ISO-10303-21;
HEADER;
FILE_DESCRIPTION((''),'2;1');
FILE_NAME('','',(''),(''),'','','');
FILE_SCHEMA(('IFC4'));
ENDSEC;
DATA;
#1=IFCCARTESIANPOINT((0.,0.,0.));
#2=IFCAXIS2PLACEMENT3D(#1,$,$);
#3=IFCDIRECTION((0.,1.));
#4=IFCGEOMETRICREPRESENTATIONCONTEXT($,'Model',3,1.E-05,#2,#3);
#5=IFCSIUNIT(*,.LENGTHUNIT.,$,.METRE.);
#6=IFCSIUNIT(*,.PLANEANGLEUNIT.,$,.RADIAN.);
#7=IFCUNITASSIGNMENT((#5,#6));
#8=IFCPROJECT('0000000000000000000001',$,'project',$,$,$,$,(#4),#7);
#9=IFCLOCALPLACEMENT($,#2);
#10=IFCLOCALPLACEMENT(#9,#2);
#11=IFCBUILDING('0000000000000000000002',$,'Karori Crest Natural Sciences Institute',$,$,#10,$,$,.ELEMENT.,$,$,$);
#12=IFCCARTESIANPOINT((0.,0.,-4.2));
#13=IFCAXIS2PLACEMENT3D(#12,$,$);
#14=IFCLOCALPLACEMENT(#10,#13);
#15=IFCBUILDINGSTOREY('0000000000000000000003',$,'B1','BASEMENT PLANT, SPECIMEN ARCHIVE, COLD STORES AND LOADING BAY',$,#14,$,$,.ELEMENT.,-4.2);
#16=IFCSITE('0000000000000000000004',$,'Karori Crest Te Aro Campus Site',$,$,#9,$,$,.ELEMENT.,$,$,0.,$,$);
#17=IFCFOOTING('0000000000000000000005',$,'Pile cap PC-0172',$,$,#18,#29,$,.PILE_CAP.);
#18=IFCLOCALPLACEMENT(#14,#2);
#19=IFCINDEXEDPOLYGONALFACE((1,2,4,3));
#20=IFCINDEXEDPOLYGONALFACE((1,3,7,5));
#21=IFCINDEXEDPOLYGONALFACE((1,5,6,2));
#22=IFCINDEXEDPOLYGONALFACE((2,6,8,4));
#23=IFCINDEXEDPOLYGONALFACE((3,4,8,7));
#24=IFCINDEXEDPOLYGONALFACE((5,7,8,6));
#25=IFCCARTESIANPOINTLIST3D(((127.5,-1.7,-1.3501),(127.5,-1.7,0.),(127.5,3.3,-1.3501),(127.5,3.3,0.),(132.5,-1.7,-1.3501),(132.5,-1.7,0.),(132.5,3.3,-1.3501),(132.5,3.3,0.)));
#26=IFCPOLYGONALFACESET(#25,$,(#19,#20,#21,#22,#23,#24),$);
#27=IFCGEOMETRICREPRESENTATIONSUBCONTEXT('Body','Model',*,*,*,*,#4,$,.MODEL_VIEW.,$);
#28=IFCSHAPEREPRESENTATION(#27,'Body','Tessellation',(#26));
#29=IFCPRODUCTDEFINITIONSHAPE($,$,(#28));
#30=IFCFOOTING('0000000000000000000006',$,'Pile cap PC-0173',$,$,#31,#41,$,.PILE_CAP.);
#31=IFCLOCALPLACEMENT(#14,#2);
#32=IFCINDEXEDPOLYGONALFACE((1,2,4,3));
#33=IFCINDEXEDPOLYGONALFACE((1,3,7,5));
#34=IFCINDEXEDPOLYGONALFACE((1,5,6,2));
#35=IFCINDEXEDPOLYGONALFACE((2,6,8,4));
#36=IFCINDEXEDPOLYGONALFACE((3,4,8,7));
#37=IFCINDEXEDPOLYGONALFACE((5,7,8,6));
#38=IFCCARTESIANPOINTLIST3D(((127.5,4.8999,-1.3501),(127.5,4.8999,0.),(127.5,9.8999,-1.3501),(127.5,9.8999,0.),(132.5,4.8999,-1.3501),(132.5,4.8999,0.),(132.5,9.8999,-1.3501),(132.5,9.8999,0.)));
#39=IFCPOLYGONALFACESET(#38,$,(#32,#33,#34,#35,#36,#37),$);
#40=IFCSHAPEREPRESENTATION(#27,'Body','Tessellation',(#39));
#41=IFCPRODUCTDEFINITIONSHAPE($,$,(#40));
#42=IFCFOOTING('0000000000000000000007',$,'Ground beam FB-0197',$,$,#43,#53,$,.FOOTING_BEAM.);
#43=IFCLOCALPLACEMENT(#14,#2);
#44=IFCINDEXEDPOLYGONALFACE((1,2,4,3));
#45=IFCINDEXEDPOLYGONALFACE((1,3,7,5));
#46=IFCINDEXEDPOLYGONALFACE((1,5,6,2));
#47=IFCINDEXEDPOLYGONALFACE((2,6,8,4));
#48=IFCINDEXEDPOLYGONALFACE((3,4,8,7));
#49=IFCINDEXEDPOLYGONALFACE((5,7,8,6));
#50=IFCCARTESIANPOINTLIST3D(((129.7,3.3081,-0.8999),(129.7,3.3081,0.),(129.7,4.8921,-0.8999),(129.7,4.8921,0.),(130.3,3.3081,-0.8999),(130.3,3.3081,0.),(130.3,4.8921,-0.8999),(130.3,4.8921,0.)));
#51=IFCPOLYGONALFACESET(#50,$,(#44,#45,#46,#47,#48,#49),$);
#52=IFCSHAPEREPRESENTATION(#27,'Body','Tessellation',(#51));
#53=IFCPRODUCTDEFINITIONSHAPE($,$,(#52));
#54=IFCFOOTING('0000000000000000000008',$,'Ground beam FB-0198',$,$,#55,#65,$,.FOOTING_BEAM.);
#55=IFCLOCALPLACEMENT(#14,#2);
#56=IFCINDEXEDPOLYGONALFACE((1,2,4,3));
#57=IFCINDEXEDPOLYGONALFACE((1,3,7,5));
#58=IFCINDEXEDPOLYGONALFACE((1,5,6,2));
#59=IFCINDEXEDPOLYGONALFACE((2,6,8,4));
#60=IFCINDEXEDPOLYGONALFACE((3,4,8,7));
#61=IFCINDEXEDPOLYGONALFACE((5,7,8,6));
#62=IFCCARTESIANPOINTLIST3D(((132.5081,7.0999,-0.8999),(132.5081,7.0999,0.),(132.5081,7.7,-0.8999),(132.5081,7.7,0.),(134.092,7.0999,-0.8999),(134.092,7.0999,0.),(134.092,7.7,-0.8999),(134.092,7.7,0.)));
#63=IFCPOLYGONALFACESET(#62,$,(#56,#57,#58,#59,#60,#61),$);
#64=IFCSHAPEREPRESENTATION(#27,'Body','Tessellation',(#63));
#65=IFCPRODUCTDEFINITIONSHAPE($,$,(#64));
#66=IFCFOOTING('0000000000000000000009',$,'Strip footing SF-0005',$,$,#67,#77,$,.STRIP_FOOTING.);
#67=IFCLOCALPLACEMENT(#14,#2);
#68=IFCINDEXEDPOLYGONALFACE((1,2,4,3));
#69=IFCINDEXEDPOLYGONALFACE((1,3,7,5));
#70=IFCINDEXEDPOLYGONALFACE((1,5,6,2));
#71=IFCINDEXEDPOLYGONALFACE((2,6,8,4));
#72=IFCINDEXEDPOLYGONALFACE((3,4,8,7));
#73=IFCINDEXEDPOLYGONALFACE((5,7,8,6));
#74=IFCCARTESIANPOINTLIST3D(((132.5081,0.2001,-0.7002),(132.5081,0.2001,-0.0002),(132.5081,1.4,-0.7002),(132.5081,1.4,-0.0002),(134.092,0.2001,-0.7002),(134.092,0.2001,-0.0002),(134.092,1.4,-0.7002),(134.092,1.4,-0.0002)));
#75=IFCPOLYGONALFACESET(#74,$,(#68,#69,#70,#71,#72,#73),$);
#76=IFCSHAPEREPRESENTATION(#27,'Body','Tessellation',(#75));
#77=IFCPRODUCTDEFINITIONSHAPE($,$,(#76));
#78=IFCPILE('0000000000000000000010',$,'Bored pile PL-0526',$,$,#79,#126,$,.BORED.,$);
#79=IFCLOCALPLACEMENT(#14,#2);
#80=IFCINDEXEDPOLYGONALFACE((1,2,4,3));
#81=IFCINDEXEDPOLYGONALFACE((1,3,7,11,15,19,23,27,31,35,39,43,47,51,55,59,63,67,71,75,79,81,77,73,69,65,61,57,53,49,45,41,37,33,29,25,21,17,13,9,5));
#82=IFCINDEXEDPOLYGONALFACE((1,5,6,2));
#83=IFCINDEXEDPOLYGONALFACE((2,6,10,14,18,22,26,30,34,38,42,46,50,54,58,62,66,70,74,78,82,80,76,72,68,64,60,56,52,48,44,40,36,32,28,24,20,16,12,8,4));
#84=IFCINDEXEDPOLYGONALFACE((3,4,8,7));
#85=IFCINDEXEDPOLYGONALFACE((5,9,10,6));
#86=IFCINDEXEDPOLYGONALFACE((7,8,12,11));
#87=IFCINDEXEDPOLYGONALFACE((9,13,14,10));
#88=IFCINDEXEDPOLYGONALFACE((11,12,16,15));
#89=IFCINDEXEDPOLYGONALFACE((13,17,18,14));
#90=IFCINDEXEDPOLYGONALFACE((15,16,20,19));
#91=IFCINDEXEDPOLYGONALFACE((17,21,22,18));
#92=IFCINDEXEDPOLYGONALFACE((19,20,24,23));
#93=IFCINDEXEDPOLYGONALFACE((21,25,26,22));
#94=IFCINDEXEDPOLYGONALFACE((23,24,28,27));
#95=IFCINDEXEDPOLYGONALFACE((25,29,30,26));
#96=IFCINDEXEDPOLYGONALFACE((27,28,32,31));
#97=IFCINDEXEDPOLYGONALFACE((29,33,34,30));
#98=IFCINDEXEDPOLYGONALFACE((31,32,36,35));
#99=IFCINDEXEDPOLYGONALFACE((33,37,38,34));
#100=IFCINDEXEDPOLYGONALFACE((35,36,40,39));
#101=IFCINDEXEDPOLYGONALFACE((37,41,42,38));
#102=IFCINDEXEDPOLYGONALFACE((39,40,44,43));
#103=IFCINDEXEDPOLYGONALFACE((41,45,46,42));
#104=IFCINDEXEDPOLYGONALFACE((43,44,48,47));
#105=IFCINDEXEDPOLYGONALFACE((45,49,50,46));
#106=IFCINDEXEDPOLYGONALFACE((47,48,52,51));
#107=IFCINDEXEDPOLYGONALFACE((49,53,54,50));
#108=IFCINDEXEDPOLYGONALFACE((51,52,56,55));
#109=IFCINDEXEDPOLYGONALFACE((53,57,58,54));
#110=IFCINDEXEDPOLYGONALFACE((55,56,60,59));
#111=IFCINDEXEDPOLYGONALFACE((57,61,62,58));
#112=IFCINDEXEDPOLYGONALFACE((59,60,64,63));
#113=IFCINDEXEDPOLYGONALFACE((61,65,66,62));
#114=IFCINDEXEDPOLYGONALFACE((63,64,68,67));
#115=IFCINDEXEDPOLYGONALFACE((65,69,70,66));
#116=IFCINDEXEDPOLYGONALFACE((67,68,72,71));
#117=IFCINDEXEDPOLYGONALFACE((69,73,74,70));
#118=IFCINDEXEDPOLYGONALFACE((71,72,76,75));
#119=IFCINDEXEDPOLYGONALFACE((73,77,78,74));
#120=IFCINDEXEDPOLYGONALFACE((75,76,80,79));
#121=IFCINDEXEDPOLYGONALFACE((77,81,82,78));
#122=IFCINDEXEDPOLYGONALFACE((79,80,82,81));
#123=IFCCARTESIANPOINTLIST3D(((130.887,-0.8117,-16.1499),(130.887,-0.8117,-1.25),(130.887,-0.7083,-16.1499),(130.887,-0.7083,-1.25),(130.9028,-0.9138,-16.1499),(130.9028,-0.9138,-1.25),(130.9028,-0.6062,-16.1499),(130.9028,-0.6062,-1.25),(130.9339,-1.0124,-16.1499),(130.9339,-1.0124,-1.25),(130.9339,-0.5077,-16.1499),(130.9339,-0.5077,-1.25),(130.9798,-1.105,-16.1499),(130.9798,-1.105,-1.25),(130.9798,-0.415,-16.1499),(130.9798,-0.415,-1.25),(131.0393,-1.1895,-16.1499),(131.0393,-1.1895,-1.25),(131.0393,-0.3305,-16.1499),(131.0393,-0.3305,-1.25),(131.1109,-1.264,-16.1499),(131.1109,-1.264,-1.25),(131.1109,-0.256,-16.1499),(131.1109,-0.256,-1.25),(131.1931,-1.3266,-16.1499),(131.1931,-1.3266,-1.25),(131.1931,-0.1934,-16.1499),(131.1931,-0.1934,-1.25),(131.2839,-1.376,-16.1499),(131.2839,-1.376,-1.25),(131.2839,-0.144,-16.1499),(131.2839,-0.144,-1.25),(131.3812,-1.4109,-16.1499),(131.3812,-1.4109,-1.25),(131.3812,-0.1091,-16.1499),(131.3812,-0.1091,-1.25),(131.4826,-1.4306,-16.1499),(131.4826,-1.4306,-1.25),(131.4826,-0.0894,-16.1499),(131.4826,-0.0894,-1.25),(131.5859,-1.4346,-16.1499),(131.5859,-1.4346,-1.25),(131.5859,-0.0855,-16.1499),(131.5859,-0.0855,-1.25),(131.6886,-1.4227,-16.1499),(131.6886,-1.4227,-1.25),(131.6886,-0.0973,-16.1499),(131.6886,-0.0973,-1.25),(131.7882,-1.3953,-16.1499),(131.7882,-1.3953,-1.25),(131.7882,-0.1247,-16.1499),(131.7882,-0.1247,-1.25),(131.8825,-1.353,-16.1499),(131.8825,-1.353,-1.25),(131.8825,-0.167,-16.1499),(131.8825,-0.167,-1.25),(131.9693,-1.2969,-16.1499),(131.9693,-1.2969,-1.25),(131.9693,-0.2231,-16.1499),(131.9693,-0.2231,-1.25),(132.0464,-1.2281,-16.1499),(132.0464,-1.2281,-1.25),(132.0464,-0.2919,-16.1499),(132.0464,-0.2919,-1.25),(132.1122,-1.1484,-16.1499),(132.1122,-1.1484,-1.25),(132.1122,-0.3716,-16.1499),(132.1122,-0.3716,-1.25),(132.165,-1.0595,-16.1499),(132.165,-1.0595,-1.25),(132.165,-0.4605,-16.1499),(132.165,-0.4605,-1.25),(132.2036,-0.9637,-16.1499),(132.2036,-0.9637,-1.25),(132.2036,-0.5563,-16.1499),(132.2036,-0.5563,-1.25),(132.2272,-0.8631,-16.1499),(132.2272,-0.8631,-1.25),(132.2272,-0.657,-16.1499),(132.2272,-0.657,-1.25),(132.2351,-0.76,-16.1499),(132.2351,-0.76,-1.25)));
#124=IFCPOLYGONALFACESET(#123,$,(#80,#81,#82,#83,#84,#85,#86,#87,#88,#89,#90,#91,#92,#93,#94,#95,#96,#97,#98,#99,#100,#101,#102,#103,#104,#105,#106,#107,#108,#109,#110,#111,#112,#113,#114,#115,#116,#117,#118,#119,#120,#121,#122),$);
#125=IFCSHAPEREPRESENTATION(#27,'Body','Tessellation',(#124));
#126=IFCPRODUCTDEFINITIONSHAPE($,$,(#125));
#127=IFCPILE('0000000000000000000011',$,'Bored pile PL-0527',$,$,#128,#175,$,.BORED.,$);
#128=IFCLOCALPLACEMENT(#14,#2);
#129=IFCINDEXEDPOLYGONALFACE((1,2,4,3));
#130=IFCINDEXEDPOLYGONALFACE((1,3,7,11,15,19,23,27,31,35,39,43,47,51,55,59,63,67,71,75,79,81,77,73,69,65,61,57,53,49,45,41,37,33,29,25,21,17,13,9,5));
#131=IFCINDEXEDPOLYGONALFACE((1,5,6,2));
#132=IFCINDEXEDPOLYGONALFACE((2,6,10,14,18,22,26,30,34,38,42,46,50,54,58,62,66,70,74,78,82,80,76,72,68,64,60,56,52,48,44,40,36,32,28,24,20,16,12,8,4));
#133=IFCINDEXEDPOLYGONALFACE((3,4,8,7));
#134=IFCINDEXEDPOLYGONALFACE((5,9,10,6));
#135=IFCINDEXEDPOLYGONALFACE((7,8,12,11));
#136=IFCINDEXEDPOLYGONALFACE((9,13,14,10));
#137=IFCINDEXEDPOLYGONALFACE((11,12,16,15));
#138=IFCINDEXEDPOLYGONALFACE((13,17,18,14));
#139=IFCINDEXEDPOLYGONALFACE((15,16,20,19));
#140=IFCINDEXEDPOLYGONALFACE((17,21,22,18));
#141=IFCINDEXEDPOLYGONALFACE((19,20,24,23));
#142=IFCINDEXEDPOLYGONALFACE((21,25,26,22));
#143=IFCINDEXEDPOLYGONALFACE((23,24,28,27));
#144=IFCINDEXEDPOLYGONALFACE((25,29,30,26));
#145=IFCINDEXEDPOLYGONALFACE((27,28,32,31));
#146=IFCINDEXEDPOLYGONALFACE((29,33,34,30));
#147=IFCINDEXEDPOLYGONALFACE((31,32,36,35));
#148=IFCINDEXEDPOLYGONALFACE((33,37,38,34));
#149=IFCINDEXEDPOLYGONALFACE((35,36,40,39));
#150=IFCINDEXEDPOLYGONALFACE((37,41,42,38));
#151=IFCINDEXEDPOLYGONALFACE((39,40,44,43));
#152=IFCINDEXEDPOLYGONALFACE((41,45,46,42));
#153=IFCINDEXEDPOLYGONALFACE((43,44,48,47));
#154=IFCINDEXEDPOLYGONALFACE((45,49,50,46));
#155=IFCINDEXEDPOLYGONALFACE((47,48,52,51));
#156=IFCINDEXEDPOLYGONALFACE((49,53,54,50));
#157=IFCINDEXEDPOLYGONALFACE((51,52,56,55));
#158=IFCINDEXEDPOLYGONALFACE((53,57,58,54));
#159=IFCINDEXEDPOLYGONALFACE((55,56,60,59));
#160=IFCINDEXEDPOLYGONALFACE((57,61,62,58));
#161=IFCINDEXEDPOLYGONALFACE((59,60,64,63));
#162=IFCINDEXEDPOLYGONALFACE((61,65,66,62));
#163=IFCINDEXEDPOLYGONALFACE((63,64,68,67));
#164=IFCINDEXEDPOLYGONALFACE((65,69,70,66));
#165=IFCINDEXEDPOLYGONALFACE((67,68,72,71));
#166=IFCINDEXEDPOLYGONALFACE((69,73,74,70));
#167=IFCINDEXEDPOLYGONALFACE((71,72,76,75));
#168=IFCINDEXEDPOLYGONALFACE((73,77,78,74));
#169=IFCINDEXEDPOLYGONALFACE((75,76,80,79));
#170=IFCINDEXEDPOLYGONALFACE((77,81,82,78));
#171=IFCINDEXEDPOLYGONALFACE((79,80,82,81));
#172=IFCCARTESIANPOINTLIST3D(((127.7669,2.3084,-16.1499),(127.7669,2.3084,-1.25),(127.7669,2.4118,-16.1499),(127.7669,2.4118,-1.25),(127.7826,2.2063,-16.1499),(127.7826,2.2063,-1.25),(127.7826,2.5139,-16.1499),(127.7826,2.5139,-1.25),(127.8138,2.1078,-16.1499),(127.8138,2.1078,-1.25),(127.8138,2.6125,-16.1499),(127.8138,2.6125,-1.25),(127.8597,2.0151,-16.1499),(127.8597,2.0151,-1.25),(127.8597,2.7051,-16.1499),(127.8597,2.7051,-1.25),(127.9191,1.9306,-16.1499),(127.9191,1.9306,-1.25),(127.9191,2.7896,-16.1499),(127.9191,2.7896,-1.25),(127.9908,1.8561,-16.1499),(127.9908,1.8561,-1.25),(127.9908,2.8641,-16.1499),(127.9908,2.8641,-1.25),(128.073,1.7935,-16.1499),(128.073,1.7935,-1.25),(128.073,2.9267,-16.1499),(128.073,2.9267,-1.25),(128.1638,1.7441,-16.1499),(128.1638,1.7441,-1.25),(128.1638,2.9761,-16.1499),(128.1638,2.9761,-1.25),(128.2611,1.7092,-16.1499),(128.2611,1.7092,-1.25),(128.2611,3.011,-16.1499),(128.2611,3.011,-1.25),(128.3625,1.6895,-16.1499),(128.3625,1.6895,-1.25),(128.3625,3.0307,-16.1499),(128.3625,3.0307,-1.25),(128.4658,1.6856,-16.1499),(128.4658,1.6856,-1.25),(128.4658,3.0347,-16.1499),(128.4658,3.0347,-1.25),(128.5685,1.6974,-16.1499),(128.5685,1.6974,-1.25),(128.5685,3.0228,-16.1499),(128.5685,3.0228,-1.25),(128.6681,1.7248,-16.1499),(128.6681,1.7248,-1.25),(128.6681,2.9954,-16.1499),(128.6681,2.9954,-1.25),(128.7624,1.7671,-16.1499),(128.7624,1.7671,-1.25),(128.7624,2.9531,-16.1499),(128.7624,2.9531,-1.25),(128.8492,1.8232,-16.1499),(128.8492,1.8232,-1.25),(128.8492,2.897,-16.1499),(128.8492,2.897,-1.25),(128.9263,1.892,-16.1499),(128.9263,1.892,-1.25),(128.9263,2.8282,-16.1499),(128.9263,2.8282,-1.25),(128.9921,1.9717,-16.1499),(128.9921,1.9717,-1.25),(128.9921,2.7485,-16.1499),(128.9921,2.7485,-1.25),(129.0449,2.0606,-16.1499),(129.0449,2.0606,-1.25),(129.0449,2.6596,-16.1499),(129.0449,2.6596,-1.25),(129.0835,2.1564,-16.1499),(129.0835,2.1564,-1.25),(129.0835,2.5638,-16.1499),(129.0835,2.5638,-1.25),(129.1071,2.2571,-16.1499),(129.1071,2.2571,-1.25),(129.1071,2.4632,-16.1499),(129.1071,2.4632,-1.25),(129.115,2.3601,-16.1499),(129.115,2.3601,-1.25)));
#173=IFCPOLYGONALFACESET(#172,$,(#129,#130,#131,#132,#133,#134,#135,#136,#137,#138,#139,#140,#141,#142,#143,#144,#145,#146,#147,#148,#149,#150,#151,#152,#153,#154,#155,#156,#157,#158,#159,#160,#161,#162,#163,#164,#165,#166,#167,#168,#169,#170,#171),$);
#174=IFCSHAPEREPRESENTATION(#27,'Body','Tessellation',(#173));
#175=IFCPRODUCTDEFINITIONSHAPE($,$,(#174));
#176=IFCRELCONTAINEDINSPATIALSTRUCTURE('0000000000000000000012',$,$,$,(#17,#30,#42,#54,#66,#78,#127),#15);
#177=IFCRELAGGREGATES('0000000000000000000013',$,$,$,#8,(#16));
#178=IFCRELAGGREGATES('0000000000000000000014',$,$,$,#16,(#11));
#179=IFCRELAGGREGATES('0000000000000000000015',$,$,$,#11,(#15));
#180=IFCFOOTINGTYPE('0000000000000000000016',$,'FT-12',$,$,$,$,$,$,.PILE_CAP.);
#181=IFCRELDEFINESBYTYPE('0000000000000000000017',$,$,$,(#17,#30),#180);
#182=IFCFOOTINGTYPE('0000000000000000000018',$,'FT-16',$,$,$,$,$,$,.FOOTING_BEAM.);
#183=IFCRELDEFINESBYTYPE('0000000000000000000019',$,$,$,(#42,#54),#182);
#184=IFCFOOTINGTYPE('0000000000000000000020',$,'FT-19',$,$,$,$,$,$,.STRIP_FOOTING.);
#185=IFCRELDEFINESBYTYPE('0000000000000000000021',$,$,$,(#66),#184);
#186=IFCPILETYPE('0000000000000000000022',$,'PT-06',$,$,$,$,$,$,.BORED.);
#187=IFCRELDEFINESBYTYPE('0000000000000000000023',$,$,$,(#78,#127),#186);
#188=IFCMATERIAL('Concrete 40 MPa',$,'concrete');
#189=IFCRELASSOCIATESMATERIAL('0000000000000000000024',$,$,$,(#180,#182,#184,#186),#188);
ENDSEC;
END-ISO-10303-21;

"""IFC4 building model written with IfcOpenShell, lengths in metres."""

from ifc_helpers import new_model, si_unit, direction, frame, origin, origin_2d, place, context, subcontext, project, spatial, rectangle, circle, extrude, material, material_profile, profile_set, type_object, element, save


model = new_model("IFC4")

# Units and contexts
model_context = context("Model", 3, precision=1e-05, world=origin(), true_north=direction((0.0, 1.0)))
body_context = subcontext(model_context, "Body", "Model", "MODEL_VIEW")
ifc_project = project(units=[si_unit("LENGTHUNIT", "METRE"), si_unit("PLANEANGLEUNIT", "RADIAN")], contexts=[model_context])

# Site, building, storey
site_placement = place(None, origin())
site = spatial("IfcSite", under=ifc_project, at=site_placement, Name="Karori Crest Te Aro Campus Site", CompositionType="ELEMENT", RefElevation=0.0)
building_placement = place(site_placement, origin())
building = spatial("IfcBuilding", under=site, at=building_placement, Name="Karori Crest Natural Sciences Institute", CompositionType="ELEMENT")
storey_placement = place(building_placement, frame((0.0, 0.0, -4.2)))
storey = spatial("IfcBuildingStorey", under=building, at=storey_placement, Name="B1", Description="BASEMENT PLANT, SPECIMEN ARCHIVE, COLD STORES AND LOADING BAY", CompositionType="ELEMENT", Elevation=-4.2)

# Footings
ifc_material_1 = material(Name="Concrete 40 MPa", Category="concrete")
footing_type_1 = type_object("IfcFootingType", Name="FT-12", PredefinedType="PILE_CAP", material=ifc_material_1)
for number, where, z_axis, x_axis, name in (
    (1, (130.0, 0.8, -1.3501), (0.0, 0.0, 1.0), (1.0, 0.0, 0.0), "Pile cap PC-0172"),
    (2, (130.0, 7.3999, -1.3501), (0.0, 0.0, 1.0), (1.0, 0.0, 0.0), "Pile cap PC-0173"),
):
    element("IfcFooting", number, at=place(storey_placement, frame(where, z_axis=z_axis, x_axis=x_axis)), inside=storey, type_object=footing_type_1, Name=name, PredefinedType="PILE_CAP", context=body_context, shape_type="SweptSolid", body=[
        extrude(rectangle(XDim=5.0, YDim=5.0, at=origin_2d()), origin(), (0.0, 0.0, 1.0), 1.3501),
    ])
footing_type_2 = type_object("IfcFootingType", Name="FT-16", PredefinedType="FOOTING_BEAM", material=ifc_material_1)
for number, where, z_axis, x_axis, name in (
    (3, (130.0, 4.1001, -0.8999), (0.0, 0.0, 1.0), (0.0, 1.0, 0.0), "Ground beam FB-0197"),
    (4, (133.3, 7.3999, -0.8999), (0.0, 0.0, 1.0), (1.0, 0.0, 0.0), "Ground beam FB-0198"),
):
    element("IfcFooting", number, at=place(storey_placement, frame(where, z_axis=z_axis, x_axis=x_axis)), inside=storey, type_object=footing_type_2, Name=name, PredefinedType="FOOTING_BEAM", context=body_context, shape_type="SweptSolid", body=[
        extrude(rectangle(XDim=1.584, YDim=0.6001, at=origin_2d()), origin(), (0.0, 0.0, 1.0), 0.8999),
    ])
footing_type_3 = type_object("IfcFootingType", Name="FT-19", PredefinedType="STRIP_FOOTING", material=ifc_material_1)
footing_placement = place(storey_placement, frame((133.3, 0.8, -0.7002), z_axis=(0.0, 0.0, 1.0), x_axis=(1.0, 0.0, 0.0)))
element("IfcFooting", 5, at=footing_placement, inside=storey, type_object=footing_type_3, Name="Strip footing SF-0005", PredefinedType="STRIP_FOOTING", context=body_context, shape_type="SweptSolid", body=[
    extrude(rectangle(XDim=1.584, YDim=1.2, at=origin_2d()), origin(), (0.0, 0.0, 1.0), 0.7),
])

# Piles
ifc_material_profile_1 = material_profile(ifc_material_1, circle(Radius=0.675, at=origin_2d()), Name="PILE1350")
ifc_profile_set_1 = profile_set([ifc_material_profile_1], Name="Concrete 40 MPa")
pile_type = type_object("IfcPileType", Name="PT-06", PredefinedType="BORED", material=ifc_profile_set_1)
for number, where, z_axis, x_axis, name in (
    (6, (131.5601, -0.76, -1.25), (0.0, 0.0, -1.0), (1.0, 0.0, 0.0), "Bored pile PL-0526"),
    (7, (128.4399, 2.3601, -1.25), (0.0, 0.0, -1.0), (1.0, 0.0, 0.0), "Bored pile PL-0527"),
):
    element("IfcPile", number, at=place(storey_placement, frame(where, z_axis=z_axis, x_axis=x_axis)), inside=storey, type_object=pile_type, Name=name, PredefinedType="BORED", context=body_context, shape_type="SweptSolid", body=[
        extrude(circle(Radius=0.675, at=origin_2d()), origin(), (0.0, 0.0, 1.0), 14.8999),
    ])

save(model, "model.ifc")
